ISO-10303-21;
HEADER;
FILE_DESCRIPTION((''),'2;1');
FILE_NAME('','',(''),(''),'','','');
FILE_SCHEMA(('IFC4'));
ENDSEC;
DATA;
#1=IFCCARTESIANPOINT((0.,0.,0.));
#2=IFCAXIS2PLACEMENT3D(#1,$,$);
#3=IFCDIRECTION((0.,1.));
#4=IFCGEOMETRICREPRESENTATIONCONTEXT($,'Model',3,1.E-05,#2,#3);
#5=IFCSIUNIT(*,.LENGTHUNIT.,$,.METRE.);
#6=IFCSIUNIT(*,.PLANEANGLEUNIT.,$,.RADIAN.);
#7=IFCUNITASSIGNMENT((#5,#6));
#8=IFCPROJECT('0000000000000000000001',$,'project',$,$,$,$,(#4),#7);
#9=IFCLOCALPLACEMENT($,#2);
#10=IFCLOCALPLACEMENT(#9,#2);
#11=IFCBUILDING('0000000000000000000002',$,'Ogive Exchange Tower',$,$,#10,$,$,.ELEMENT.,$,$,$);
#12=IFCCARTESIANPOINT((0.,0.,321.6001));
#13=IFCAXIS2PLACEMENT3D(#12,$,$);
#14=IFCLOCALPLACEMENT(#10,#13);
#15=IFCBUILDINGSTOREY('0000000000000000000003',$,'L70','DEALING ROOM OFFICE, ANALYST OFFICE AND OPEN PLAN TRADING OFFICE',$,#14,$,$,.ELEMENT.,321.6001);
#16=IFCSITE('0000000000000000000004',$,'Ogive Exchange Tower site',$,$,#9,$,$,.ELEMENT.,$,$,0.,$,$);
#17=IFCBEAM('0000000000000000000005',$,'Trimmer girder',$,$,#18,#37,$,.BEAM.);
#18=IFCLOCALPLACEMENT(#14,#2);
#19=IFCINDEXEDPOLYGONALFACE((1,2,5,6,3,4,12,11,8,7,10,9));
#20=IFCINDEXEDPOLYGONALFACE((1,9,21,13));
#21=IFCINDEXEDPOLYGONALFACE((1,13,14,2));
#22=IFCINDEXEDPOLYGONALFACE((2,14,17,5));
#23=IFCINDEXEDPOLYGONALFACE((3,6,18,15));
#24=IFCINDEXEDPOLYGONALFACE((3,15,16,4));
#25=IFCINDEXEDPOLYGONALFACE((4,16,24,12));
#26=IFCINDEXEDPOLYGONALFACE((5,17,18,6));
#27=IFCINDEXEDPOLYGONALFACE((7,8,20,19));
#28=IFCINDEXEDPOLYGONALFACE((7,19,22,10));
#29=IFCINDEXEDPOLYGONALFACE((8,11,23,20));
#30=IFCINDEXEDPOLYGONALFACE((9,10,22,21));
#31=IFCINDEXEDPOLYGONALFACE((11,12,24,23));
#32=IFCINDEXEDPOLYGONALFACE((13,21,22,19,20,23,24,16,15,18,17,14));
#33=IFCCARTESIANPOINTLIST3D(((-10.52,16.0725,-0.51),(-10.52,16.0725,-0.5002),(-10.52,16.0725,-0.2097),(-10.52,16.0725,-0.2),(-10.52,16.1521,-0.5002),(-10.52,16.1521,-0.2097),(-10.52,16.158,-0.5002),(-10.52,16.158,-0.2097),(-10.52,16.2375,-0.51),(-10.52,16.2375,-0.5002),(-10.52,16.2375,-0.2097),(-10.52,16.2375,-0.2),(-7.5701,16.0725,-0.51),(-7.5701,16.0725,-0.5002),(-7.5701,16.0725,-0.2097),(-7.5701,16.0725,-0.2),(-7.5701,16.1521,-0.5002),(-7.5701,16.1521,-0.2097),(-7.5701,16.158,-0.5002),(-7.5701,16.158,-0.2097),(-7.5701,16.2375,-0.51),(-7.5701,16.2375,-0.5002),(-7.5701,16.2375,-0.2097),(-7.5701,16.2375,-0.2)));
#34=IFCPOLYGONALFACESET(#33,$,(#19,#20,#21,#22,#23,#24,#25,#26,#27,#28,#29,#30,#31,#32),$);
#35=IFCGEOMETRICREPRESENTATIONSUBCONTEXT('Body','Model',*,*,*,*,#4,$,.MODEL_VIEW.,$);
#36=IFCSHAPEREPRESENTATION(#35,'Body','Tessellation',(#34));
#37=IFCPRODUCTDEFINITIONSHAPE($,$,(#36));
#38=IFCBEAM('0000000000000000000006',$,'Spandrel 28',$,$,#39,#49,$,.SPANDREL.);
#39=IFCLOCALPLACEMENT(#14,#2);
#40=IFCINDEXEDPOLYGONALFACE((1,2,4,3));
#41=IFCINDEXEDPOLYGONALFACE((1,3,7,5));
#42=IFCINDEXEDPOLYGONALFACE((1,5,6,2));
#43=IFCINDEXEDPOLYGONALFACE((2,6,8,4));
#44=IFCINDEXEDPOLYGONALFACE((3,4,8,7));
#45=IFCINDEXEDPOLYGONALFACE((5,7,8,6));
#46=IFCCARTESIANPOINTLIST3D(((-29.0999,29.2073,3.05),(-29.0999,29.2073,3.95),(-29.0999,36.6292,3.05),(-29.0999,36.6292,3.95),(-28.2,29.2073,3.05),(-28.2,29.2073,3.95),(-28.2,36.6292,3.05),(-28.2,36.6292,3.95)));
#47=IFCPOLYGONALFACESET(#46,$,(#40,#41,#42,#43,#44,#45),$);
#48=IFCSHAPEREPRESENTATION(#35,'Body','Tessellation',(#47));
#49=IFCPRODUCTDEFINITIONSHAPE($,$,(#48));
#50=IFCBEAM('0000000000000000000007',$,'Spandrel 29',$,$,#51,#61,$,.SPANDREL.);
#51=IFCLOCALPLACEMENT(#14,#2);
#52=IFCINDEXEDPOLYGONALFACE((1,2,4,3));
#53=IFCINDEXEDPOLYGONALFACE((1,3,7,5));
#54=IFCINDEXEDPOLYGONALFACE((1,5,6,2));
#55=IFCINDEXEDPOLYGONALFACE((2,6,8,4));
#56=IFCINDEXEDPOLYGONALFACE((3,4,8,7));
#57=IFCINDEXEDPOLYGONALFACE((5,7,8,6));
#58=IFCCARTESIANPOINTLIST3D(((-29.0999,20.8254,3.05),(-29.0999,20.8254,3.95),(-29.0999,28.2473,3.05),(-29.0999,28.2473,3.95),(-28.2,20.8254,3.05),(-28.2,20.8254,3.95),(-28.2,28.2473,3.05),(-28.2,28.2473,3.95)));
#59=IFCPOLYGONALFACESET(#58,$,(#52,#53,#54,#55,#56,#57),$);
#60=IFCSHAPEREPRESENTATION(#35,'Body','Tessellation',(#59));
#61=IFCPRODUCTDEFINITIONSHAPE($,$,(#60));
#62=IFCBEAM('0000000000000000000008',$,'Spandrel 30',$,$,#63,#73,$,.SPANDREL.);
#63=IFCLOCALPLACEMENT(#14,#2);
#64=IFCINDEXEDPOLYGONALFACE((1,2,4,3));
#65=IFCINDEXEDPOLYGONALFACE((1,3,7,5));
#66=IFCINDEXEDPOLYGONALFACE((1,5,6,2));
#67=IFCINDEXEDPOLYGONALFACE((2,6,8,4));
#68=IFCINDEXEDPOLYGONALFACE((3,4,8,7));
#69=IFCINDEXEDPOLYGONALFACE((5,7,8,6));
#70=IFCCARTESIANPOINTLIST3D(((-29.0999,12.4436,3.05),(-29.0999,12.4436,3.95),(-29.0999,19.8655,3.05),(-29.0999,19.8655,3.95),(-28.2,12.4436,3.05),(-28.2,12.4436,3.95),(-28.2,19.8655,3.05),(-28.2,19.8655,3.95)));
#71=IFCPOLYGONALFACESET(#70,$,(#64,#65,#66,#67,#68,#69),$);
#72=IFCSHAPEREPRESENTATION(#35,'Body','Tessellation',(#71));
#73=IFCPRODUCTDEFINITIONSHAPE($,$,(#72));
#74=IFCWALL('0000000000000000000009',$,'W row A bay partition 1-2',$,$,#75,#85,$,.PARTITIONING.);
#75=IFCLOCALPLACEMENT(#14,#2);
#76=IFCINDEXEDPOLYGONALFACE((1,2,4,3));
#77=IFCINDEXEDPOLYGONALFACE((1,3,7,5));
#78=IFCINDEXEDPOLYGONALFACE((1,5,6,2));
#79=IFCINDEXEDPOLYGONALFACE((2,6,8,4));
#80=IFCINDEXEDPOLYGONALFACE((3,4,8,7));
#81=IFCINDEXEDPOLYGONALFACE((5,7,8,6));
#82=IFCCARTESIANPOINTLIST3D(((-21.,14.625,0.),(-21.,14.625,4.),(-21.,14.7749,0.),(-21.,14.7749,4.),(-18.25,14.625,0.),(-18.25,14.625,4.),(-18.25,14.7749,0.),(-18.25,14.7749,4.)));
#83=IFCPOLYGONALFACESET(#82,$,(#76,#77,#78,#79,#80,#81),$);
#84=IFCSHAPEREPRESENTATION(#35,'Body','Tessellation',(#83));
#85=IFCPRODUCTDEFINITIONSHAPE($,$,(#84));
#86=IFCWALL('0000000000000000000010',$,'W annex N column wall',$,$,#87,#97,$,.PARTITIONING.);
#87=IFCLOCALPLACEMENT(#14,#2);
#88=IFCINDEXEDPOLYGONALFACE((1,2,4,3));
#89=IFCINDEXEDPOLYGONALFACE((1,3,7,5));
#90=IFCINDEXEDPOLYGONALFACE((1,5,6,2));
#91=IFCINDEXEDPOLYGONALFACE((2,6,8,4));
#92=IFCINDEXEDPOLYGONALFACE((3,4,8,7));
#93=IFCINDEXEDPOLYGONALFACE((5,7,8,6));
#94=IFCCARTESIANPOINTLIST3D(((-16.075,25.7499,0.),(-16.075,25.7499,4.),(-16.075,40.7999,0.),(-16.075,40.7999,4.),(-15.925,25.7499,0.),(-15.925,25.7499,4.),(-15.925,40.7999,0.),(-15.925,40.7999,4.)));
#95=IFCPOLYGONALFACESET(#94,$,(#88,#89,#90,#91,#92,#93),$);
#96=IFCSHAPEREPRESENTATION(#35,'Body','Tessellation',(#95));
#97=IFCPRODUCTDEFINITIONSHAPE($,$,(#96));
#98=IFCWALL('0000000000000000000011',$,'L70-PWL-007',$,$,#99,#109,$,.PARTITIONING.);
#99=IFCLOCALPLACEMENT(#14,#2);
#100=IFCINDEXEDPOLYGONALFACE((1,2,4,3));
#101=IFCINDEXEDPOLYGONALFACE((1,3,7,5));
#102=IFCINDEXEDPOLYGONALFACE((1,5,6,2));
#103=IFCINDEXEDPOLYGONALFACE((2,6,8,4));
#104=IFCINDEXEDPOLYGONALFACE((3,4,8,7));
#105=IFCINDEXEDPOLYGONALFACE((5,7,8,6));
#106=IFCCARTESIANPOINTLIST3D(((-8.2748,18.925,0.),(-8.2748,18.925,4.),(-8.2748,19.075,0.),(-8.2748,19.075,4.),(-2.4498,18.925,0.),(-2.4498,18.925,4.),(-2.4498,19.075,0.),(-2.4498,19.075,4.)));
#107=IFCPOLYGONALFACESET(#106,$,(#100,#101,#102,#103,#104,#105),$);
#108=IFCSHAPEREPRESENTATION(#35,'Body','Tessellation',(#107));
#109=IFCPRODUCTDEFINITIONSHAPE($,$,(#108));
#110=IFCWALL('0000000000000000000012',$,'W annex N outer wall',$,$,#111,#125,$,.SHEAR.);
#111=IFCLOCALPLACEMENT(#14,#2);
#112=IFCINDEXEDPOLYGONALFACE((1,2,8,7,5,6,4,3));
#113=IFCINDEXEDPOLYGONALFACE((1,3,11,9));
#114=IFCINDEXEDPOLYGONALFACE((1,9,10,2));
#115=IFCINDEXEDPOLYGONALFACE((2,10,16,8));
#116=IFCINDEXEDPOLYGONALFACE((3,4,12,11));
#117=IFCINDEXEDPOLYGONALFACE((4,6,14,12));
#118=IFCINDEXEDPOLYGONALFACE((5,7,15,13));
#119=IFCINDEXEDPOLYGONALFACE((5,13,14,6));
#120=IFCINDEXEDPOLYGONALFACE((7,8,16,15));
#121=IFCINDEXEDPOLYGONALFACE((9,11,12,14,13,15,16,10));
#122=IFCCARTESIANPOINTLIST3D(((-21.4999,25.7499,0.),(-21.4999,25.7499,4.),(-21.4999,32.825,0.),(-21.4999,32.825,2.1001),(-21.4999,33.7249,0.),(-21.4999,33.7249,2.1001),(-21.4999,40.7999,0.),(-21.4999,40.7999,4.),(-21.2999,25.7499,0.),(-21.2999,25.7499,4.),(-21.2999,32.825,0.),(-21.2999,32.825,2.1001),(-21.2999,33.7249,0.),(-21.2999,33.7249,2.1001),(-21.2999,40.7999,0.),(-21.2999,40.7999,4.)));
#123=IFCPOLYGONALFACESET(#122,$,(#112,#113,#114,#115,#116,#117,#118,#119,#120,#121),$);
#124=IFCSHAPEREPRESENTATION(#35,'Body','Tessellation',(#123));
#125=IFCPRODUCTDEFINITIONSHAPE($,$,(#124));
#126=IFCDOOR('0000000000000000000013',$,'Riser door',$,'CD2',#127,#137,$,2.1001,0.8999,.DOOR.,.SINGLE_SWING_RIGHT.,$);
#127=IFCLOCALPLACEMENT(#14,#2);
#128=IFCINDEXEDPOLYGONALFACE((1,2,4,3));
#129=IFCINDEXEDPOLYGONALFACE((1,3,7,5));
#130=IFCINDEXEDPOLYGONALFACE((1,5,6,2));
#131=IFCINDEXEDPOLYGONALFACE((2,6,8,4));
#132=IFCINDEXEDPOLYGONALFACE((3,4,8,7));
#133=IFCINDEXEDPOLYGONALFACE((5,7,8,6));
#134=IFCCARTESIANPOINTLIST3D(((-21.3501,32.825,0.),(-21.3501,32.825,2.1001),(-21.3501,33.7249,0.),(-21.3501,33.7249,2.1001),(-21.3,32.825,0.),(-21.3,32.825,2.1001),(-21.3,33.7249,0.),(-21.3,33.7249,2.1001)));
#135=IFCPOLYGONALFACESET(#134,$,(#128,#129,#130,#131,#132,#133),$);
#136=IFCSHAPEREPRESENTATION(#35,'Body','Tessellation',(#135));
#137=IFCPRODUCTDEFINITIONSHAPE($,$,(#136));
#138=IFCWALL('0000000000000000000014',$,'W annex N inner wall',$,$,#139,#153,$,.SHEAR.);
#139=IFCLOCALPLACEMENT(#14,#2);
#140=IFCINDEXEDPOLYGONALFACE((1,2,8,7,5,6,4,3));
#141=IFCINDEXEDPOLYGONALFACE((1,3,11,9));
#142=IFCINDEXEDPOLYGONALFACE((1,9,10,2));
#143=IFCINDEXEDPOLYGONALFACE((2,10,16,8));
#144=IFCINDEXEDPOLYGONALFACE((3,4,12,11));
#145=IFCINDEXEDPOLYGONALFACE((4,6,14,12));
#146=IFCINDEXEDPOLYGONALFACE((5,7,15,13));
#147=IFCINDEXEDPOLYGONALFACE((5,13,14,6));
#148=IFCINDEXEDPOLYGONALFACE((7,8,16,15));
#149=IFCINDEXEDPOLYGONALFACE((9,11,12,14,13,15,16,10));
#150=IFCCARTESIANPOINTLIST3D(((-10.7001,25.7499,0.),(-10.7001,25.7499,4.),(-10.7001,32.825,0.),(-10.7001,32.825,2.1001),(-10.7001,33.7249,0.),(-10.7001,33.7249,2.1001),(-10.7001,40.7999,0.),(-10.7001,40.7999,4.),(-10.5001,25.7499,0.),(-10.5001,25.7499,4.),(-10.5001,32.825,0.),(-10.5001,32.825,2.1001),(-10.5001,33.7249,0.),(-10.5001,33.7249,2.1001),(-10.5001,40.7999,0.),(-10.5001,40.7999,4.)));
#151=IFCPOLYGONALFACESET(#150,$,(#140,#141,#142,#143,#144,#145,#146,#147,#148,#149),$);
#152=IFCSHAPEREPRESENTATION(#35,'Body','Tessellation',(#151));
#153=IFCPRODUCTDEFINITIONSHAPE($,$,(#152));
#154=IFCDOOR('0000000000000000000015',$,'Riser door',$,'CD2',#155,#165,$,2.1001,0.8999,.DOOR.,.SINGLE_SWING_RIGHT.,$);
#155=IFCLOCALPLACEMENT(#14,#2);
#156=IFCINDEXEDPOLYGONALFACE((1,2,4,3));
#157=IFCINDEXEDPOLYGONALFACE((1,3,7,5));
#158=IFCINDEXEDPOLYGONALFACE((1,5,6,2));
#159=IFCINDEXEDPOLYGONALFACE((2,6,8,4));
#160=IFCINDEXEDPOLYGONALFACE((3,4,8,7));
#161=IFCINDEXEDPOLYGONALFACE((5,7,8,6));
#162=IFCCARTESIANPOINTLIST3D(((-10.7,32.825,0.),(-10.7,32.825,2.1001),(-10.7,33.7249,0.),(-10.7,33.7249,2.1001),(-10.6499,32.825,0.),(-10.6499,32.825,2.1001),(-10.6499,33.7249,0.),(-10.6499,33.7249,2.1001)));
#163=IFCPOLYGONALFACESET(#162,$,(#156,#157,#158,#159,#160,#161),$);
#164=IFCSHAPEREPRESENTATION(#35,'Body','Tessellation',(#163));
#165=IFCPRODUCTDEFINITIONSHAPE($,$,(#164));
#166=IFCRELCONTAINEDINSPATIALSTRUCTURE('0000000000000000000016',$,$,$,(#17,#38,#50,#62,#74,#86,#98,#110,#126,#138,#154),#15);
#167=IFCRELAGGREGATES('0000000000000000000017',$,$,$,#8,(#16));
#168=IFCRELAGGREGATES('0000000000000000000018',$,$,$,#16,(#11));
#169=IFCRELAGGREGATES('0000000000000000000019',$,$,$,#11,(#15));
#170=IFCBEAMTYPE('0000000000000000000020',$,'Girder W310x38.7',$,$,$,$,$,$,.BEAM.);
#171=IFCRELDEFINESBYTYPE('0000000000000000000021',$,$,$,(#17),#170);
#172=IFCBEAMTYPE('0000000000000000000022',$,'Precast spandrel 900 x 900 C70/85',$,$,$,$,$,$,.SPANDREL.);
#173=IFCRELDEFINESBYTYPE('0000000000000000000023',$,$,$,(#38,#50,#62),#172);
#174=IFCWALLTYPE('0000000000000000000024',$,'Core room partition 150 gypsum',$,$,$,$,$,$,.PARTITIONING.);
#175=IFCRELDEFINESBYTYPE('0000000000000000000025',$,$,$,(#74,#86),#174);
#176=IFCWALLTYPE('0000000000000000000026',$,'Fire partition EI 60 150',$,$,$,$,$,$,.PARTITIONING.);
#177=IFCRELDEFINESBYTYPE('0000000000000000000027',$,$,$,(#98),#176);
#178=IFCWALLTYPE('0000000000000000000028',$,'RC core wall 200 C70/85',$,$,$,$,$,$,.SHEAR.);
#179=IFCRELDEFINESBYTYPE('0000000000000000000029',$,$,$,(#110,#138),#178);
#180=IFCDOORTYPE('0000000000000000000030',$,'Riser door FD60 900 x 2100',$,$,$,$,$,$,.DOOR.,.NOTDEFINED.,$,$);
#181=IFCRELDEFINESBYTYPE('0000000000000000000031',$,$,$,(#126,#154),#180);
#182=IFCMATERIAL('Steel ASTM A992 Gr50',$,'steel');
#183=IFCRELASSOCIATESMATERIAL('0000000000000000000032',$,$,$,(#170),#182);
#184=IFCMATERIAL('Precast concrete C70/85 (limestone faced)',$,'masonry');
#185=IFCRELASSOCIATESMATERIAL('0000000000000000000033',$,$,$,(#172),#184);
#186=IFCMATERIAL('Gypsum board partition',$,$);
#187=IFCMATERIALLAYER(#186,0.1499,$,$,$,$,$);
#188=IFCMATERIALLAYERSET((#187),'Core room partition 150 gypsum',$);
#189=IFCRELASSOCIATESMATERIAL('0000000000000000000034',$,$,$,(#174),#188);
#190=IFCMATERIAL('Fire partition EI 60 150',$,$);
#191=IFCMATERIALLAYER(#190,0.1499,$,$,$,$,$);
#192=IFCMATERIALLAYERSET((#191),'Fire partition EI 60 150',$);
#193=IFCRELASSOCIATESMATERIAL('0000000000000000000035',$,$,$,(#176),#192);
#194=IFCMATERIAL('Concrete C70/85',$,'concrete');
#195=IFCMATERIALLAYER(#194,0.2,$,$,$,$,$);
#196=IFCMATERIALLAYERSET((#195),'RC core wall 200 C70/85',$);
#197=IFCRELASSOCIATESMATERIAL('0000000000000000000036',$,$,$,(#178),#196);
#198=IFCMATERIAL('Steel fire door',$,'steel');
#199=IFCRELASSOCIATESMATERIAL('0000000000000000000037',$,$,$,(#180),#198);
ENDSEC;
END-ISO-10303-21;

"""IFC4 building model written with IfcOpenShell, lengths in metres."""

from ifc_helpers import new_model, si_unit, direction, frame, frame_2d, origin, origin_2d, place, context, subcontext, project, spatial, rectangle, i_section, extrude, material, layer, layer_set, material_profile, profile_set, type_object, element, fill, save


model = new_model("IFC4")

# Units and contexts
model_context = context("Model", 3, precision=1e-05, world=origin(), true_north=direction((0.0, 1.0)))
body_context = subcontext(model_context, "Body", "Model", "MODEL_VIEW")
ifc_project = project(units=[si_unit("LENGTHUNIT", "METRE"), si_unit("PLANEANGLEUNIT", "RADIAN")], contexts=[model_context])

# Site, building, storey
site_placement = place(None, origin())
site = spatial("IfcSite", under=ifc_project, at=site_placement, Name="Ogive Exchange Tower site", CompositionType="ELEMENT", RefElevation=0.0)
building_placement = place(site_placement, origin())
building = spatial("IfcBuilding", under=site, at=building_placement, Name="Ogive Exchange Tower", CompositionType="ELEMENT")
storey_placement = place(building_placement, frame((0.0, 0.0, 321.6001)))
storey = spatial("IfcBuildingStorey", under=building, at=storey_placement, Name="L70", Description="DEALING ROOM OFFICE, ANALYST OFFICE AND OPEN PLAN TRADING OFFICE", CompositionType="ELEMENT", Elevation=321.6001)

# Shared definitions
ifc_material_1 = material(Name="Precast concrete C70/85 (limestone faced)", Category="masonry")

# Beams
ifc_material_2 = material(Name="Steel ASTM A992 Gr50", Category="steel")
ifc_material_profile_1 = material_profile(ifc_material_2, i_section(OverallWidth=0.165, OverallDepth=0.3101, WebThickness=0.0059, FlangeThickness=0.0098, at=origin_2d()), Name="W310x38.7")
ifc_profile_set_1 = profile_set([ifc_material_profile_1], Name="Steel ASTM A992 Gr50")
beam_type_1 = type_object("IfcBeamType", Name="Girder W310x38.7", PredefinedType="BEAM", material=ifc_profile_set_1)
beam_placement = place(storey_placement, frame((-10.52, 16.155, -0.355), z_axis=(1.0, 0.0, 0.0), x_axis=(0.0, 1.0, 0.0)))
element("IfcBeam", 1, at=beam_placement, inside=storey, type_object=beam_type_1, Name="Trimmer girder", PredefinedType="BEAM", context=body_context, shape_type="SweptSolid", body=[
    extrude(i_section(OverallWidth=0.165, OverallDepth=0.3101, WebThickness=0.0059, FlangeThickness=0.0098, at=origin_2d()), origin(), (0.0, 0.0, 1.0), 2.95),
])
ifc_material_profile_2 = material_profile(ifc_material_1, rectangle(XDim=0.8999, YDim=0.8999, at=origin_2d()), Name="900 x 900")
ifc_profile_set_2 = profile_set([ifc_material_profile_2], Name="Precast concrete C70/85 (limestone faced)")
beam_type_2 = type_object("IfcBeamType", Name="Precast spandrel 900 x 900 C70/85", PredefinedType="SPANDREL", material=ifc_profile_set_2)
for number, where, z_axis, x_axis, name in (
    (2, (-28.6499, 36.6292, 3.5), (0.0, -1.0, 0.0), (1.0, 0.0, 0.0), "Spandrel 28"),
    (3, (-28.6499, 28.2473, 3.5), (0.0, -1.0, 0.0), (1.0, 0.0, 0.0), "Spandrel 29"),
    (4, (-28.6499, 19.8655, 3.5), (0.0, -1.0, 0.0), (1.0, 0.0, 0.0), "Spandrel 30"),
):
    element("IfcBeam", number, at=place(storey_placement, frame(where, z_axis=z_axis, x_axis=x_axis)), inside=storey, type_object=beam_type_2, Name=name, PredefinedType="SPANDREL", context=body_context, shape_type="SweptSolid", body=[
        extrude(rectangle(XDim=0.8999, YDim=0.8999, at=origin_2d()), origin(), (0.0, 0.0, 1.0), 7.4219),
    ])

# Walls
ifc_material_3 = material(Name="Gypsum board partition")
ifc_layer_1 = layer(ifc_material_3, 0.1499)
ifc_layer_set_1 = layer_set([ifc_layer_1], Name="Core room partition 150 gypsum")
wall_type_1 = type_object("IfcWallType", Name="Core room partition 150 gypsum", PredefinedType="PARTITIONING", material=ifc_layer_set_1)
wall_1_placement = place(storey_placement, frame((-21.0, 14.7, 0.0), z_axis=(0.0, 0.0, 1.0), x_axis=(1.0, 0.0, 0.0)))
element("IfcWall", 5, at=wall_1_placement, inside=storey, type_object=wall_type_1, Name="W row A bay partition 1-2", PredefinedType="PARTITIONING", context=body_context, shape_type="SweptSolid", body=[
    extrude(rectangle(XDim=2.75, YDim=0.1499, at=frame_2d((1.375, 0.0))), origin(), (0.0, 0.0, 1.0), 4.0),
])
wall_2_placement = place(storey_placement, frame((-16.0, 25.75, 0.0), z_axis=(0.0, 0.0, 1.0), x_axis=(0.0, 1.0, 0.0)))
element("IfcWall", 6, at=wall_2_placement, inside=storey, type_object=wall_type_1, Name="W annex N column wall", PredefinedType="PARTITIONING", context=body_context, shape_type="SweptSolid", body=[
    extrude(rectangle(XDim=15.05, YDim=0.1499, at=frame_2d((7.5249, 0.0))), origin(), (0.0, 0.0, 1.0), 4.0),
])
ifc_material_4 = material(Name="Fire partition EI 60 150")
ifc_layer_2 = layer(ifc_material_4, 0.1499)
ifc_layer_set_2 = layer_set([ifc_layer_2], Name="Fire partition EI 60 150")
wall_type_2 = type_object("IfcWallType", Name="Fire partition EI 60 150", PredefinedType="PARTITIONING", material=ifc_layer_set_2)
wall_3_placement = place(storey_placement, frame((-8.2749, 19.0, 0.0), z_axis=(0.0, 0.0, 1.0), x_axis=(1.0, 0.0, 0.0)))
element("IfcWall", 7, at=wall_3_placement, inside=storey, type_object=wall_type_2, Name="L70-PWL-007", PredefinedType="PARTITIONING", context=body_context, shape_type="SweptSolid", body=[
    extrude(rectangle(XDim=5.825, YDim=0.1499, at=frame_2d((2.9126, 0.0))), origin(), (0.0, 0.0, 1.0), 4.0),
])

# Walls, openings, doors
ifc_material_5 = material(Name="Concrete C70/85", Category="concrete")
ifc_layer_3 = layer(ifc_material_5, 0.2)
ifc_layer_set_3 = layer_set([ifc_layer_3], Name="RC core wall 200 C70/85")
wall_type_3 = type_object("IfcWallType", Name="RC core wall 200 C70/85", PredefinedType="SHEAR", material=ifc_layer_set_3)
wall_4_placement = place(storey_placement, frame((-21.3999, 25.75, 0.0), z_axis=(0.0, 0.0, 1.0), x_axis=(0.0, 1.0, 0.0)))
wall_4 = element("IfcWall", 8, at=wall_4_placement, inside=storey, type_object=wall_type_3, Name="W annex N outer wall", PredefinedType="SHEAR", context=body_context, shape_type="SweptSolid", body=[
    extrude(rectangle(XDim=15.05, YDim=0.2, at=frame_2d((7.5249, 0.0))), origin(), (0.0, 0.0, 1.0), 4.0),
])
opening_1_placement = place(wall_4_placement, frame((7.075, 0.0, 0.0)))
opening_1 = element("IfcOpeningElement", 9, at=opening_1_placement, cuts=wall_4, PredefinedType="OPENING", context=body_context, shape_type="SweptSolid", body=[
    extrude(rectangle(XDim=0.8999, YDim=2.1001, at=frame_2d((0.45, 1.05))), frame((0.0, 0.1099, 0.0), z_axis=(0.0, -1.0, 0.0), x_axis=(1.0, 0.0, 0.0)), (0.0, 0.0, 1.0), 0.22),
])
ifc_material_6 = material(Name="Steel fire door", Category="steel")
door_type_1 = type_object("IfcDoorType", Name="Riser door FD60 900 x 2100", OperationType="NOTDEFINED", PredefinedType="DOOR", material=ifc_material_6)
door_1_placement = place(opening_1_placement, origin())
door_1 = element("IfcDoor", 10, at=door_1_placement, inside=storey, type_object=door_type_1, Name="Riser door", ObjectType="CD2", OperationType="SINGLE_SWING_RIGHT", OverallHeight=2.1001, OverallWidth=0.8999, PredefinedType="DOOR", context=body_context, shape_type="SweptSolid", body=[
    extrude(rectangle(XDim=0.8999, YDim=2.1001, at=frame_2d((0.45, 1.05))), frame((0.0, -0.0498, 0.0), z_axis=(0.0, -1.0, 0.0), x_axis=(1.0, 0.0, 0.0)), (0.0, 0.0, 1.0), 0.05),
])
fill(opening_1, door_1)
wall_5_placement = place(storey_placement, frame((-10.6001, 25.75, 0.0), z_axis=(0.0, 0.0, 1.0), x_axis=(0.0, 1.0, 0.0)))
wall_5 = element("IfcWall", 11, at=wall_5_placement, inside=storey, type_object=wall_type_3, Name="W annex N inner wall", PredefinedType="SHEAR", context=body_context, shape_type="SweptSolid", body=[
    extrude(rectangle(XDim=15.05, YDim=0.2, at=frame_2d((7.5249, 0.0))), origin(), (0.0, 0.0, 1.0), 4.0),
])
opening_2_placement = place(wall_5_placement, frame((7.075, 0.0, 0.0)))
opening_2 = element("IfcOpeningElement", 12, at=opening_2_placement, cuts=wall_5, PredefinedType="OPENING", context=body_context, shape_type="SweptSolid", body=[
    extrude(rectangle(XDim=0.8999, YDim=2.1001, at=frame_2d((0.45, 1.05))), frame((0.0, 0.1099, 0.0), z_axis=(0.0, -1.0, 0.0), x_axis=(1.0, 0.0, 0.0)), (0.0, 0.0, 1.0), 0.22),
])
door_2_placement = place(opening_2_placement, frame((0.8999, 0.1499, 0.0), z_axis=(0.0, 0.0, 1.0), x_axis=(-1.0, 0.0, 0.0)))
door_2 = element("IfcDoor", 13, at=door_2_placement, inside=storey, type_object=door_type_1, Name="Riser door", ObjectType="CD2", OperationType="SINGLE_SWING_RIGHT", OverallHeight=2.1001, OverallWidth=0.8999, PredefinedType="DOOR", context=body_context, shape_type="SweptSolid", body=[
    extrude(rectangle(XDim=0.8999, YDim=2.1001, at=frame_2d((0.45, 1.05))), frame((0.0, 0.1001, 0.0), z_axis=(0.0, -1.0, 0.0), x_axis=(1.0, 0.0, 0.0)), (0.0, 0.0, 1.0), 0.05),
])
fill(opening_2, door_2)

save(model, "model.ifc")
